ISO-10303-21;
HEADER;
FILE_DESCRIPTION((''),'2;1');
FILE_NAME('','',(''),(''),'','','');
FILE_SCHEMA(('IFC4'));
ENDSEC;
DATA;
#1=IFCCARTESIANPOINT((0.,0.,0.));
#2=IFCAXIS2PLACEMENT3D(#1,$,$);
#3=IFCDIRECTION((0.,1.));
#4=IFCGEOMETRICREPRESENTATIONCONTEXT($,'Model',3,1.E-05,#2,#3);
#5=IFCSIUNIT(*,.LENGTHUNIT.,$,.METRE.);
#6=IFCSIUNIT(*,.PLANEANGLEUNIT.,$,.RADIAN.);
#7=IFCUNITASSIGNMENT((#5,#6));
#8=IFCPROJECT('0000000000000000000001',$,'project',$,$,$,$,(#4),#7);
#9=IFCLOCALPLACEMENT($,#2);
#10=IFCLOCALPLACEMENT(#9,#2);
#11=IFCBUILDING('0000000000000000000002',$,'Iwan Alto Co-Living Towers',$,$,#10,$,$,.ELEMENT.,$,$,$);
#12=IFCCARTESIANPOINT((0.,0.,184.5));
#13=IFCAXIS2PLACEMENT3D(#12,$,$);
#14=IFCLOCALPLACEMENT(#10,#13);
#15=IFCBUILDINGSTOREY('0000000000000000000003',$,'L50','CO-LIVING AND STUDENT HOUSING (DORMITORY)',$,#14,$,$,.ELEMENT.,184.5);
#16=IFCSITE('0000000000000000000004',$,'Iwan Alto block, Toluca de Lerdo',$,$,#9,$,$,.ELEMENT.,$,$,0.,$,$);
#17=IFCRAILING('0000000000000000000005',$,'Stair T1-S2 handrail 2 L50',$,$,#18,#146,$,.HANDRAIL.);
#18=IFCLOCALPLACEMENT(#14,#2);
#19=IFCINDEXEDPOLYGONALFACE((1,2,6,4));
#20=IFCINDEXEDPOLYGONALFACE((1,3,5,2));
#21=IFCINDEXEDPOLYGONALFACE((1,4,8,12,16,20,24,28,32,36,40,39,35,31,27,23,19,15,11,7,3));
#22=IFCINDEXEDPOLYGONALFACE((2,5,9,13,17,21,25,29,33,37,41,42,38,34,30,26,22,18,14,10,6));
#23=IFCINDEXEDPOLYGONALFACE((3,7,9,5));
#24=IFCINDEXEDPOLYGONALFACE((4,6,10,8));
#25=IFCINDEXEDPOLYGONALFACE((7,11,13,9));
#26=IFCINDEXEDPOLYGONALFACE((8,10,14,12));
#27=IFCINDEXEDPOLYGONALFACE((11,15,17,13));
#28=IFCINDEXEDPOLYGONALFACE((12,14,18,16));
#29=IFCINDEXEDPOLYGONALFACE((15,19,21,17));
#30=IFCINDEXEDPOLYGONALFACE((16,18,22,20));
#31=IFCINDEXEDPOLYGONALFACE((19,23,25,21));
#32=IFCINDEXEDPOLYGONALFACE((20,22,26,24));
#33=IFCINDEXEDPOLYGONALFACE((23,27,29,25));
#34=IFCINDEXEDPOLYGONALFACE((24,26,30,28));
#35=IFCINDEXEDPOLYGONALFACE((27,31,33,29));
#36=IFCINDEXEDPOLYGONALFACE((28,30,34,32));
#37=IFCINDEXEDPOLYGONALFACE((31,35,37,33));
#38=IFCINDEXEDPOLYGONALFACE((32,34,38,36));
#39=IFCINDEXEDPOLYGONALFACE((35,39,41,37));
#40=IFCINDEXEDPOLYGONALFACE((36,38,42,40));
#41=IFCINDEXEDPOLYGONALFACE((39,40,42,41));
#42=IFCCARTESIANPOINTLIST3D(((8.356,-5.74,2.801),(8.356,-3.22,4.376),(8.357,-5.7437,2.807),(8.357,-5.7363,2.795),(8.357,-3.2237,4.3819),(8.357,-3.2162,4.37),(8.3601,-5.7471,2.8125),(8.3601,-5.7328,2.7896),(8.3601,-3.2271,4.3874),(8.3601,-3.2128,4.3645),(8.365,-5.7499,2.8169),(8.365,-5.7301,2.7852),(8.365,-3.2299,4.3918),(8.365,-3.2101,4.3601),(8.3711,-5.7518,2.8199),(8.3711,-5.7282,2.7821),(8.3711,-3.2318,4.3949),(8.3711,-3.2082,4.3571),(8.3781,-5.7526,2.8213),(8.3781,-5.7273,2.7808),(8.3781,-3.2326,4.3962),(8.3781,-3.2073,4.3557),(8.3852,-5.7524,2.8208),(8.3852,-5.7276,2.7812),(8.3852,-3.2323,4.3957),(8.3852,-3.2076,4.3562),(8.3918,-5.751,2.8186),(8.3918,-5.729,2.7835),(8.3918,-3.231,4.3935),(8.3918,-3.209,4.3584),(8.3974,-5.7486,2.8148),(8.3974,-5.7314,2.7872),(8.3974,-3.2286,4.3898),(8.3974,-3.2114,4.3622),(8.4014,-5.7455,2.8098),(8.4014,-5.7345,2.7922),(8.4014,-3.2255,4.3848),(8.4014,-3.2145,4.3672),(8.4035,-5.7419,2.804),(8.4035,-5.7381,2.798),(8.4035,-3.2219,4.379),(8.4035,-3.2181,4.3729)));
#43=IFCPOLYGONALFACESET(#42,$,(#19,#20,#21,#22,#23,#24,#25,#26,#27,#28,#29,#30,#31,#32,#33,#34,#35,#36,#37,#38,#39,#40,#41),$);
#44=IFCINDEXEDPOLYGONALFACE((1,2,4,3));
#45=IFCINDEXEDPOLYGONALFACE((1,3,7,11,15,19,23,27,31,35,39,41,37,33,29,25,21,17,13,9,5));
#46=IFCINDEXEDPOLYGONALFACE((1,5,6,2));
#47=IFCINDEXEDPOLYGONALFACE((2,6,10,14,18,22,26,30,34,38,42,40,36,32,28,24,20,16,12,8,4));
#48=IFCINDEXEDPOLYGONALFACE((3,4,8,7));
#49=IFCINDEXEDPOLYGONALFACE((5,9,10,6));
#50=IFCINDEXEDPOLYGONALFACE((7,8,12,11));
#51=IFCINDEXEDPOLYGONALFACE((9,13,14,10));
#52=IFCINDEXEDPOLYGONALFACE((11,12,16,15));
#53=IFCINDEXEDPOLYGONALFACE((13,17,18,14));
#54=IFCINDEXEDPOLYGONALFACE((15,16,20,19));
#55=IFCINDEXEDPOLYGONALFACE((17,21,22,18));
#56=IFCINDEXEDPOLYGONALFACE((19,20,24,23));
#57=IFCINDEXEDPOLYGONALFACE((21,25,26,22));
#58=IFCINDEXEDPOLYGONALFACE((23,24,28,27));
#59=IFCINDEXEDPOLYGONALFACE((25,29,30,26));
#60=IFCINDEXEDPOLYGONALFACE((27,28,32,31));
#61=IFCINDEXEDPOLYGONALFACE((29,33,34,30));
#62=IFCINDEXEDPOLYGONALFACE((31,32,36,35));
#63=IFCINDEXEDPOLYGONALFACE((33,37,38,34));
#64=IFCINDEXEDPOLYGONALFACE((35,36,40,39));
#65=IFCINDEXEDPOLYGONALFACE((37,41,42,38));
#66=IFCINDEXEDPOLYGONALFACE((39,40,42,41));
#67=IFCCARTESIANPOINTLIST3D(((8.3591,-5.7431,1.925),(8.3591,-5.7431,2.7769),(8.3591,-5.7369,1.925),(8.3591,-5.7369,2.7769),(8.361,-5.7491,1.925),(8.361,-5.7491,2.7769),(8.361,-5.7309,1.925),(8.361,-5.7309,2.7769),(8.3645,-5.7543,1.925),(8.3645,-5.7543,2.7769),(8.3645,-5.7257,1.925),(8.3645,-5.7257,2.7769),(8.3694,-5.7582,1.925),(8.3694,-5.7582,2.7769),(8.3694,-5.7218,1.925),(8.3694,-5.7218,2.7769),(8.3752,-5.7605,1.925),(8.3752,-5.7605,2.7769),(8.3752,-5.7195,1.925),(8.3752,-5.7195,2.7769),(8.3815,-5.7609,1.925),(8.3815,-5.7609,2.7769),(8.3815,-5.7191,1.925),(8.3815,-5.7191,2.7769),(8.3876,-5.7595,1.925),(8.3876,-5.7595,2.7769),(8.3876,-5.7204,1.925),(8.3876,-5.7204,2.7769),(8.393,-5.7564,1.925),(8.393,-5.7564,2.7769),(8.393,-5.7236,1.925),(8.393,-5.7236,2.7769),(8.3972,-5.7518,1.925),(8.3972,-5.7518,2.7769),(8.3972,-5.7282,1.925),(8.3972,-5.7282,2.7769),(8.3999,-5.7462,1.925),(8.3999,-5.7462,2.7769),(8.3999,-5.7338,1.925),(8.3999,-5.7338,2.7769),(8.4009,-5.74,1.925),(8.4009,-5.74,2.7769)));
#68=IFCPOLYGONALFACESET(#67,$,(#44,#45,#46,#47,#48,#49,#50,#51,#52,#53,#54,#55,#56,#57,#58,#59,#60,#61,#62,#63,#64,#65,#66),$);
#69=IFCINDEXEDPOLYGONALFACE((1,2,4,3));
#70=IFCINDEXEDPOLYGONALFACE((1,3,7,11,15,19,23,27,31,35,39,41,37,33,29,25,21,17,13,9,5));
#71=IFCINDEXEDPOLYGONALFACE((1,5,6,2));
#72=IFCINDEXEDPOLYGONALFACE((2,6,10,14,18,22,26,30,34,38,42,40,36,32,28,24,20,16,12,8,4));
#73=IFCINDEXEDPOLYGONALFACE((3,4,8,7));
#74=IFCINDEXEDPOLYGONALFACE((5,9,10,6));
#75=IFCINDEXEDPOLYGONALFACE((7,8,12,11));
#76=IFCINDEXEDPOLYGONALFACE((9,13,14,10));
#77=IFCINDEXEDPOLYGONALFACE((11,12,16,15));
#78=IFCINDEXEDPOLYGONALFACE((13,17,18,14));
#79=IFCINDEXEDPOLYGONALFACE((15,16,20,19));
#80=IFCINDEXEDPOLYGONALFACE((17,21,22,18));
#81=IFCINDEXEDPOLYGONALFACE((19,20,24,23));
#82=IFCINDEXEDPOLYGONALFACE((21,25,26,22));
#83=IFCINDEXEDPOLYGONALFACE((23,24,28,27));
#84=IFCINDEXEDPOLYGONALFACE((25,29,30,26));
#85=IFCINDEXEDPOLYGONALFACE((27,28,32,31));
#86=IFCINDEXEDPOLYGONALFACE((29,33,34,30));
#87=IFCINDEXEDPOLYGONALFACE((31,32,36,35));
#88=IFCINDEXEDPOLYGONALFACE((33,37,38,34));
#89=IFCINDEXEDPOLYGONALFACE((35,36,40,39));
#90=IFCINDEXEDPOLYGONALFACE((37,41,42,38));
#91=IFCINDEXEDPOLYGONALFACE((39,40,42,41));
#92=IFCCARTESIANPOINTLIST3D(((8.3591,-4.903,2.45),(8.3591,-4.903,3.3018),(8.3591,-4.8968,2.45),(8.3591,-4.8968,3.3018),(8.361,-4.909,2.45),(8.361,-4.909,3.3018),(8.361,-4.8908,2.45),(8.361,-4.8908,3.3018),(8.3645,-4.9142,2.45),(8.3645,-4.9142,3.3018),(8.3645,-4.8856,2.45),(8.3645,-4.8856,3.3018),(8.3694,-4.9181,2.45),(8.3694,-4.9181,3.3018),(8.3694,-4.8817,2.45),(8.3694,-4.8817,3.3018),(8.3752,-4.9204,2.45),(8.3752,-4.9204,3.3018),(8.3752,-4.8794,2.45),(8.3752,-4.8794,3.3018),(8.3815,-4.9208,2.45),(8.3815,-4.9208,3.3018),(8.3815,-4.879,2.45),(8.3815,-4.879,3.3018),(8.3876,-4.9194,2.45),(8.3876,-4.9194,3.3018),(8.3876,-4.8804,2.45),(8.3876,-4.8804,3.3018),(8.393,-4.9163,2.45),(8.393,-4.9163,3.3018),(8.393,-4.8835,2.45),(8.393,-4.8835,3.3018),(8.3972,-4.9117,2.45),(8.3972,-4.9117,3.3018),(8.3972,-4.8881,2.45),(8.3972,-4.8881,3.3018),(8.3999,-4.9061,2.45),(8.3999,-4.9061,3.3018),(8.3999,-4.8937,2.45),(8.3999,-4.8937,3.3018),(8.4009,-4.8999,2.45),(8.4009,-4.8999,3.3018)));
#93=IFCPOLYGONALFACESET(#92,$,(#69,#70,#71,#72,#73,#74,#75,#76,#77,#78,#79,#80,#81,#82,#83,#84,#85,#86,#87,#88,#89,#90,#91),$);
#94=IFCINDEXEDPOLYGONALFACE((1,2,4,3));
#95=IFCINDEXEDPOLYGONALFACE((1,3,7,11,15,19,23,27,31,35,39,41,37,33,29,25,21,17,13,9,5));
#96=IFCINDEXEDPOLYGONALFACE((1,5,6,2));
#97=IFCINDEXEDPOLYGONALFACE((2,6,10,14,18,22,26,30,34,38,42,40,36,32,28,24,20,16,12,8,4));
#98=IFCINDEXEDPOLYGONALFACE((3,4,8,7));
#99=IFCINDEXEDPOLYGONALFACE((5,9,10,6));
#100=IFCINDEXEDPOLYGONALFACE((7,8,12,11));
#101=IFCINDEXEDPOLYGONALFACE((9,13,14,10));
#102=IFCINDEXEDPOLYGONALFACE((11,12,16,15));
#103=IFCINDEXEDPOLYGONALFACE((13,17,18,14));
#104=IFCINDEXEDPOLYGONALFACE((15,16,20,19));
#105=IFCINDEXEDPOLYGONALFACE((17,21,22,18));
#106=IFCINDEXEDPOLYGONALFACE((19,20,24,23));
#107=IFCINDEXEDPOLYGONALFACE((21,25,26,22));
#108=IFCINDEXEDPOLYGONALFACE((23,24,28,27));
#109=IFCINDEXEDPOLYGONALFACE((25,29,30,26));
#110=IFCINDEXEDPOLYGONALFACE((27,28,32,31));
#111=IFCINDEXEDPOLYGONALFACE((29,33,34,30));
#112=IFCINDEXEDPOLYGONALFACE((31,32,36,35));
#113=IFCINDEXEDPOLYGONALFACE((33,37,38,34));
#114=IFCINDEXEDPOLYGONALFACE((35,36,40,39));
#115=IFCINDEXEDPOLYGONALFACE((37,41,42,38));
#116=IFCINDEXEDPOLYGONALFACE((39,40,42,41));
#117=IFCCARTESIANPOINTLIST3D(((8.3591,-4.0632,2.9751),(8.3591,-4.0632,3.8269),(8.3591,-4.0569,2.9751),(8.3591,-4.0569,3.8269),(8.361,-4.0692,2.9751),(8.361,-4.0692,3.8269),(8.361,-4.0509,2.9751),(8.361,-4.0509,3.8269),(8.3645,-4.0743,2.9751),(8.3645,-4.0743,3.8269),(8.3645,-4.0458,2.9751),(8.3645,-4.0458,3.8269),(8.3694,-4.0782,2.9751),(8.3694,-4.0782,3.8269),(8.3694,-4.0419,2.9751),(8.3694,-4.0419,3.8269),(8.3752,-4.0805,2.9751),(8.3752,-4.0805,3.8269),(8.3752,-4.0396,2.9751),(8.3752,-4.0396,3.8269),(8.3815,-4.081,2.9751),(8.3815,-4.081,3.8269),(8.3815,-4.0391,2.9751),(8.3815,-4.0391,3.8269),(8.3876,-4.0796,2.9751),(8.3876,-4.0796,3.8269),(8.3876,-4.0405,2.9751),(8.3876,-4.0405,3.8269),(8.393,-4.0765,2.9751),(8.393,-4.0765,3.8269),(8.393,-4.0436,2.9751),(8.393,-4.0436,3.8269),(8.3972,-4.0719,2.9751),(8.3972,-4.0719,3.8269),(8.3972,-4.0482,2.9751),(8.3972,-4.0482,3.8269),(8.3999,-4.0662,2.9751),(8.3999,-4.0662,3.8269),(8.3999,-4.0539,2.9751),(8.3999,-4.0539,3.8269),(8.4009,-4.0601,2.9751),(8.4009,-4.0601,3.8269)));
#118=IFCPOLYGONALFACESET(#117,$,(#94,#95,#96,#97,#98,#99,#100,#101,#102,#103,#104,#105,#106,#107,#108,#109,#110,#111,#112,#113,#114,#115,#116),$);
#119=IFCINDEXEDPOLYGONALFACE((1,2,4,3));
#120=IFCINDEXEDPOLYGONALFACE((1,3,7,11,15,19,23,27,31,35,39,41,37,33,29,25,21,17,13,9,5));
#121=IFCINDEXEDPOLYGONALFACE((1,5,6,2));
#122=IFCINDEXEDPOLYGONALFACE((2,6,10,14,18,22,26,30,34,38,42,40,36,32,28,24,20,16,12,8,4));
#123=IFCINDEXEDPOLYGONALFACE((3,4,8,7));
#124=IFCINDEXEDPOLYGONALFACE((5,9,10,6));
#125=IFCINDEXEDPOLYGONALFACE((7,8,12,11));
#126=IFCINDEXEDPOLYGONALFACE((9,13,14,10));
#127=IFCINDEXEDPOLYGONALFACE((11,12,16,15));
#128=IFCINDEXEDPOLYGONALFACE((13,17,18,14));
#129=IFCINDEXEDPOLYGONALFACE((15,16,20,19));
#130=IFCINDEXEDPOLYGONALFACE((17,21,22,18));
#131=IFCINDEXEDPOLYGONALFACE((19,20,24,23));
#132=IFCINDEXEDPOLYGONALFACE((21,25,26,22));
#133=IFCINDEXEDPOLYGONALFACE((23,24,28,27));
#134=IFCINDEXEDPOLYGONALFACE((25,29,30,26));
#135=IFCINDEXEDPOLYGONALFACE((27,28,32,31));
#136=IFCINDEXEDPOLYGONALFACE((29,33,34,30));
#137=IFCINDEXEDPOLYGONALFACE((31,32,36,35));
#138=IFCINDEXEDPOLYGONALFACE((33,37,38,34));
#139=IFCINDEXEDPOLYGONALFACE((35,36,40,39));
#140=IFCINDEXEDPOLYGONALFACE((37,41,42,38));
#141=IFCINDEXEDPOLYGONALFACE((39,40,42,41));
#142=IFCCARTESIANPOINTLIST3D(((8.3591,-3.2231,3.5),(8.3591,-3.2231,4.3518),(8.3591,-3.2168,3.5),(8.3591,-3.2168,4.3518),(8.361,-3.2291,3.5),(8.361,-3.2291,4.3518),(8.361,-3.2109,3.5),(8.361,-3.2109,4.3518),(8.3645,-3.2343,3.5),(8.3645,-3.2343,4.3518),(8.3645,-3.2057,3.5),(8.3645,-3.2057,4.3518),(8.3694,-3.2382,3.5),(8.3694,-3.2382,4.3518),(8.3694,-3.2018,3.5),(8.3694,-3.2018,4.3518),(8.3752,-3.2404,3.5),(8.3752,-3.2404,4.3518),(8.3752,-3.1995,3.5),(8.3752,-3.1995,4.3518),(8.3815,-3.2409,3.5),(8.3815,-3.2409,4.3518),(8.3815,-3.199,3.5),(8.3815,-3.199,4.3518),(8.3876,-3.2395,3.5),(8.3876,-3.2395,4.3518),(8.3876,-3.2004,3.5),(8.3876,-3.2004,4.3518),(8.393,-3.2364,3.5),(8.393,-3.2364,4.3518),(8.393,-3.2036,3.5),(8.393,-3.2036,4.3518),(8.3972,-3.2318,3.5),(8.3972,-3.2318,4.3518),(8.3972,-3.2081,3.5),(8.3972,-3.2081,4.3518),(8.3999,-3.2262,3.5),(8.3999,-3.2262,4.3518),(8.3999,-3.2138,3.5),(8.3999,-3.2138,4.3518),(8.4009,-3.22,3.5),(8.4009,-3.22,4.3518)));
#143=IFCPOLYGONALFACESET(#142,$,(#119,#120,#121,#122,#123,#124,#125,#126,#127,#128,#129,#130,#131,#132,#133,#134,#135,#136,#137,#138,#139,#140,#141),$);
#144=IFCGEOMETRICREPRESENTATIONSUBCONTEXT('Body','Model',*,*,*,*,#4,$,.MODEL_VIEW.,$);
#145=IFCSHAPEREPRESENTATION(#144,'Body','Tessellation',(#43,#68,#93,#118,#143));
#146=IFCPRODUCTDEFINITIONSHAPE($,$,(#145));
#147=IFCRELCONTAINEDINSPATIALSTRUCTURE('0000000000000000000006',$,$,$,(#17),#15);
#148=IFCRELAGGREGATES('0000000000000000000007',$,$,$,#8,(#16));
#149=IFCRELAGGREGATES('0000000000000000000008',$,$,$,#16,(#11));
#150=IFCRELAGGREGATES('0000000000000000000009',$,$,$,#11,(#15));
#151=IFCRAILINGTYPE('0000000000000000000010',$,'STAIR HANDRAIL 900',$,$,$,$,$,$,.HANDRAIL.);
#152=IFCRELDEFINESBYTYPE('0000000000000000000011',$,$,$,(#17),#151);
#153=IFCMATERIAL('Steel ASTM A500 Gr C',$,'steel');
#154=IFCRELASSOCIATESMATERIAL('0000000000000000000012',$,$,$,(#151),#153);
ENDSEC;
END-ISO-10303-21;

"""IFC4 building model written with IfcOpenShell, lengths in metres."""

from ifc_helpers import new_model, si_unit, direction, frame, origin, origin_2d, place, context, subcontext, project, spatial, circle, extrude, material, type_object, element, save


model = new_model("IFC4")

# Units and contexts
model_context = context("Model", 3, precision=1e-05, world=origin(), true_north=direction((0.0, 1.0)))
body_context = subcontext(model_context, "Body", "Model", "MODEL_VIEW")
ifc_project = project(units=[si_unit("LENGTHUNIT", "METRE"), si_unit("PLANEANGLEUNIT", "RADIAN")], contexts=[model_context])

# Site, building, storey
site_placement = place(None, origin())
site = spatial("IfcSite", under=ifc_project, at=site_placement, Name="Iwan Alto block, Toluca de Lerdo", CompositionType="ELEMENT", RefElevation=0.0)
building_placement = place(site_placement, origin())
building = spatial("IfcBuilding", under=site, at=building_placement, Name="Iwan Alto Co-Living Towers", CompositionType="ELEMENT")
storey_placement = place(building_placement, frame((0.0, 0.0, 184.5)))
storey = spatial("IfcBuildingStorey", under=building, at=storey_placement, Name="L50", Description="CO-LIVING AND STUDENT HOUSING (DORMITORY)", CompositionType="ELEMENT", Elevation=184.5)

# Railing
ifc_material_1 = material(Name="Steel ASTM A500 Gr C", Category="steel")
railing_type_1 = type_object("IfcRailingType", Name="STAIR HANDRAIL 900", PredefinedType="HANDRAIL", material=ifc_material_1)
railing_1_placement = place(storey_placement, frame((8.3799, -5.74, 1.925)))
element("IfcRailing", 1, at=railing_1_placement, inside=storey, type_object=railing_type_1, Name="Stair T1-S2 handrail 2 L50", PredefinedType="HANDRAIL", context=body_context, shape_type="SweptSolid", body=[
    extrude(circle(Radius=0.0239, at=origin_2d()), frame((0.0, 0.0, 0.876), z_axis=(0.0, 0.848008, 0.529984), x_axis=(-1.0, 0.0, 0.0)), (0.0, 0.0, 1.0), 2.9717),
    extrude(circle(Radius=0.021, at=origin_2d()), origin(), (0.0, 0.0, 1.0), 0.8518),
    extrude(circle(Radius=0.021, at=origin_2d()), frame((0.0, 0.8401, 0.5249)), (0.0, 0.0, 1.0), 0.8518),
    extrude(circle(Radius=0.021, at=origin_2d()), frame((0.0, 1.6799, 1.05)), (0.0, 0.0, 1.0), 0.8518),
    extrude(circle(Radius=0.021, at=origin_2d()), frame((0.0, 2.52, 1.575)), (0.0, 0.0, 1.0), 0.8518),
])

save(model, "model.ifc")
